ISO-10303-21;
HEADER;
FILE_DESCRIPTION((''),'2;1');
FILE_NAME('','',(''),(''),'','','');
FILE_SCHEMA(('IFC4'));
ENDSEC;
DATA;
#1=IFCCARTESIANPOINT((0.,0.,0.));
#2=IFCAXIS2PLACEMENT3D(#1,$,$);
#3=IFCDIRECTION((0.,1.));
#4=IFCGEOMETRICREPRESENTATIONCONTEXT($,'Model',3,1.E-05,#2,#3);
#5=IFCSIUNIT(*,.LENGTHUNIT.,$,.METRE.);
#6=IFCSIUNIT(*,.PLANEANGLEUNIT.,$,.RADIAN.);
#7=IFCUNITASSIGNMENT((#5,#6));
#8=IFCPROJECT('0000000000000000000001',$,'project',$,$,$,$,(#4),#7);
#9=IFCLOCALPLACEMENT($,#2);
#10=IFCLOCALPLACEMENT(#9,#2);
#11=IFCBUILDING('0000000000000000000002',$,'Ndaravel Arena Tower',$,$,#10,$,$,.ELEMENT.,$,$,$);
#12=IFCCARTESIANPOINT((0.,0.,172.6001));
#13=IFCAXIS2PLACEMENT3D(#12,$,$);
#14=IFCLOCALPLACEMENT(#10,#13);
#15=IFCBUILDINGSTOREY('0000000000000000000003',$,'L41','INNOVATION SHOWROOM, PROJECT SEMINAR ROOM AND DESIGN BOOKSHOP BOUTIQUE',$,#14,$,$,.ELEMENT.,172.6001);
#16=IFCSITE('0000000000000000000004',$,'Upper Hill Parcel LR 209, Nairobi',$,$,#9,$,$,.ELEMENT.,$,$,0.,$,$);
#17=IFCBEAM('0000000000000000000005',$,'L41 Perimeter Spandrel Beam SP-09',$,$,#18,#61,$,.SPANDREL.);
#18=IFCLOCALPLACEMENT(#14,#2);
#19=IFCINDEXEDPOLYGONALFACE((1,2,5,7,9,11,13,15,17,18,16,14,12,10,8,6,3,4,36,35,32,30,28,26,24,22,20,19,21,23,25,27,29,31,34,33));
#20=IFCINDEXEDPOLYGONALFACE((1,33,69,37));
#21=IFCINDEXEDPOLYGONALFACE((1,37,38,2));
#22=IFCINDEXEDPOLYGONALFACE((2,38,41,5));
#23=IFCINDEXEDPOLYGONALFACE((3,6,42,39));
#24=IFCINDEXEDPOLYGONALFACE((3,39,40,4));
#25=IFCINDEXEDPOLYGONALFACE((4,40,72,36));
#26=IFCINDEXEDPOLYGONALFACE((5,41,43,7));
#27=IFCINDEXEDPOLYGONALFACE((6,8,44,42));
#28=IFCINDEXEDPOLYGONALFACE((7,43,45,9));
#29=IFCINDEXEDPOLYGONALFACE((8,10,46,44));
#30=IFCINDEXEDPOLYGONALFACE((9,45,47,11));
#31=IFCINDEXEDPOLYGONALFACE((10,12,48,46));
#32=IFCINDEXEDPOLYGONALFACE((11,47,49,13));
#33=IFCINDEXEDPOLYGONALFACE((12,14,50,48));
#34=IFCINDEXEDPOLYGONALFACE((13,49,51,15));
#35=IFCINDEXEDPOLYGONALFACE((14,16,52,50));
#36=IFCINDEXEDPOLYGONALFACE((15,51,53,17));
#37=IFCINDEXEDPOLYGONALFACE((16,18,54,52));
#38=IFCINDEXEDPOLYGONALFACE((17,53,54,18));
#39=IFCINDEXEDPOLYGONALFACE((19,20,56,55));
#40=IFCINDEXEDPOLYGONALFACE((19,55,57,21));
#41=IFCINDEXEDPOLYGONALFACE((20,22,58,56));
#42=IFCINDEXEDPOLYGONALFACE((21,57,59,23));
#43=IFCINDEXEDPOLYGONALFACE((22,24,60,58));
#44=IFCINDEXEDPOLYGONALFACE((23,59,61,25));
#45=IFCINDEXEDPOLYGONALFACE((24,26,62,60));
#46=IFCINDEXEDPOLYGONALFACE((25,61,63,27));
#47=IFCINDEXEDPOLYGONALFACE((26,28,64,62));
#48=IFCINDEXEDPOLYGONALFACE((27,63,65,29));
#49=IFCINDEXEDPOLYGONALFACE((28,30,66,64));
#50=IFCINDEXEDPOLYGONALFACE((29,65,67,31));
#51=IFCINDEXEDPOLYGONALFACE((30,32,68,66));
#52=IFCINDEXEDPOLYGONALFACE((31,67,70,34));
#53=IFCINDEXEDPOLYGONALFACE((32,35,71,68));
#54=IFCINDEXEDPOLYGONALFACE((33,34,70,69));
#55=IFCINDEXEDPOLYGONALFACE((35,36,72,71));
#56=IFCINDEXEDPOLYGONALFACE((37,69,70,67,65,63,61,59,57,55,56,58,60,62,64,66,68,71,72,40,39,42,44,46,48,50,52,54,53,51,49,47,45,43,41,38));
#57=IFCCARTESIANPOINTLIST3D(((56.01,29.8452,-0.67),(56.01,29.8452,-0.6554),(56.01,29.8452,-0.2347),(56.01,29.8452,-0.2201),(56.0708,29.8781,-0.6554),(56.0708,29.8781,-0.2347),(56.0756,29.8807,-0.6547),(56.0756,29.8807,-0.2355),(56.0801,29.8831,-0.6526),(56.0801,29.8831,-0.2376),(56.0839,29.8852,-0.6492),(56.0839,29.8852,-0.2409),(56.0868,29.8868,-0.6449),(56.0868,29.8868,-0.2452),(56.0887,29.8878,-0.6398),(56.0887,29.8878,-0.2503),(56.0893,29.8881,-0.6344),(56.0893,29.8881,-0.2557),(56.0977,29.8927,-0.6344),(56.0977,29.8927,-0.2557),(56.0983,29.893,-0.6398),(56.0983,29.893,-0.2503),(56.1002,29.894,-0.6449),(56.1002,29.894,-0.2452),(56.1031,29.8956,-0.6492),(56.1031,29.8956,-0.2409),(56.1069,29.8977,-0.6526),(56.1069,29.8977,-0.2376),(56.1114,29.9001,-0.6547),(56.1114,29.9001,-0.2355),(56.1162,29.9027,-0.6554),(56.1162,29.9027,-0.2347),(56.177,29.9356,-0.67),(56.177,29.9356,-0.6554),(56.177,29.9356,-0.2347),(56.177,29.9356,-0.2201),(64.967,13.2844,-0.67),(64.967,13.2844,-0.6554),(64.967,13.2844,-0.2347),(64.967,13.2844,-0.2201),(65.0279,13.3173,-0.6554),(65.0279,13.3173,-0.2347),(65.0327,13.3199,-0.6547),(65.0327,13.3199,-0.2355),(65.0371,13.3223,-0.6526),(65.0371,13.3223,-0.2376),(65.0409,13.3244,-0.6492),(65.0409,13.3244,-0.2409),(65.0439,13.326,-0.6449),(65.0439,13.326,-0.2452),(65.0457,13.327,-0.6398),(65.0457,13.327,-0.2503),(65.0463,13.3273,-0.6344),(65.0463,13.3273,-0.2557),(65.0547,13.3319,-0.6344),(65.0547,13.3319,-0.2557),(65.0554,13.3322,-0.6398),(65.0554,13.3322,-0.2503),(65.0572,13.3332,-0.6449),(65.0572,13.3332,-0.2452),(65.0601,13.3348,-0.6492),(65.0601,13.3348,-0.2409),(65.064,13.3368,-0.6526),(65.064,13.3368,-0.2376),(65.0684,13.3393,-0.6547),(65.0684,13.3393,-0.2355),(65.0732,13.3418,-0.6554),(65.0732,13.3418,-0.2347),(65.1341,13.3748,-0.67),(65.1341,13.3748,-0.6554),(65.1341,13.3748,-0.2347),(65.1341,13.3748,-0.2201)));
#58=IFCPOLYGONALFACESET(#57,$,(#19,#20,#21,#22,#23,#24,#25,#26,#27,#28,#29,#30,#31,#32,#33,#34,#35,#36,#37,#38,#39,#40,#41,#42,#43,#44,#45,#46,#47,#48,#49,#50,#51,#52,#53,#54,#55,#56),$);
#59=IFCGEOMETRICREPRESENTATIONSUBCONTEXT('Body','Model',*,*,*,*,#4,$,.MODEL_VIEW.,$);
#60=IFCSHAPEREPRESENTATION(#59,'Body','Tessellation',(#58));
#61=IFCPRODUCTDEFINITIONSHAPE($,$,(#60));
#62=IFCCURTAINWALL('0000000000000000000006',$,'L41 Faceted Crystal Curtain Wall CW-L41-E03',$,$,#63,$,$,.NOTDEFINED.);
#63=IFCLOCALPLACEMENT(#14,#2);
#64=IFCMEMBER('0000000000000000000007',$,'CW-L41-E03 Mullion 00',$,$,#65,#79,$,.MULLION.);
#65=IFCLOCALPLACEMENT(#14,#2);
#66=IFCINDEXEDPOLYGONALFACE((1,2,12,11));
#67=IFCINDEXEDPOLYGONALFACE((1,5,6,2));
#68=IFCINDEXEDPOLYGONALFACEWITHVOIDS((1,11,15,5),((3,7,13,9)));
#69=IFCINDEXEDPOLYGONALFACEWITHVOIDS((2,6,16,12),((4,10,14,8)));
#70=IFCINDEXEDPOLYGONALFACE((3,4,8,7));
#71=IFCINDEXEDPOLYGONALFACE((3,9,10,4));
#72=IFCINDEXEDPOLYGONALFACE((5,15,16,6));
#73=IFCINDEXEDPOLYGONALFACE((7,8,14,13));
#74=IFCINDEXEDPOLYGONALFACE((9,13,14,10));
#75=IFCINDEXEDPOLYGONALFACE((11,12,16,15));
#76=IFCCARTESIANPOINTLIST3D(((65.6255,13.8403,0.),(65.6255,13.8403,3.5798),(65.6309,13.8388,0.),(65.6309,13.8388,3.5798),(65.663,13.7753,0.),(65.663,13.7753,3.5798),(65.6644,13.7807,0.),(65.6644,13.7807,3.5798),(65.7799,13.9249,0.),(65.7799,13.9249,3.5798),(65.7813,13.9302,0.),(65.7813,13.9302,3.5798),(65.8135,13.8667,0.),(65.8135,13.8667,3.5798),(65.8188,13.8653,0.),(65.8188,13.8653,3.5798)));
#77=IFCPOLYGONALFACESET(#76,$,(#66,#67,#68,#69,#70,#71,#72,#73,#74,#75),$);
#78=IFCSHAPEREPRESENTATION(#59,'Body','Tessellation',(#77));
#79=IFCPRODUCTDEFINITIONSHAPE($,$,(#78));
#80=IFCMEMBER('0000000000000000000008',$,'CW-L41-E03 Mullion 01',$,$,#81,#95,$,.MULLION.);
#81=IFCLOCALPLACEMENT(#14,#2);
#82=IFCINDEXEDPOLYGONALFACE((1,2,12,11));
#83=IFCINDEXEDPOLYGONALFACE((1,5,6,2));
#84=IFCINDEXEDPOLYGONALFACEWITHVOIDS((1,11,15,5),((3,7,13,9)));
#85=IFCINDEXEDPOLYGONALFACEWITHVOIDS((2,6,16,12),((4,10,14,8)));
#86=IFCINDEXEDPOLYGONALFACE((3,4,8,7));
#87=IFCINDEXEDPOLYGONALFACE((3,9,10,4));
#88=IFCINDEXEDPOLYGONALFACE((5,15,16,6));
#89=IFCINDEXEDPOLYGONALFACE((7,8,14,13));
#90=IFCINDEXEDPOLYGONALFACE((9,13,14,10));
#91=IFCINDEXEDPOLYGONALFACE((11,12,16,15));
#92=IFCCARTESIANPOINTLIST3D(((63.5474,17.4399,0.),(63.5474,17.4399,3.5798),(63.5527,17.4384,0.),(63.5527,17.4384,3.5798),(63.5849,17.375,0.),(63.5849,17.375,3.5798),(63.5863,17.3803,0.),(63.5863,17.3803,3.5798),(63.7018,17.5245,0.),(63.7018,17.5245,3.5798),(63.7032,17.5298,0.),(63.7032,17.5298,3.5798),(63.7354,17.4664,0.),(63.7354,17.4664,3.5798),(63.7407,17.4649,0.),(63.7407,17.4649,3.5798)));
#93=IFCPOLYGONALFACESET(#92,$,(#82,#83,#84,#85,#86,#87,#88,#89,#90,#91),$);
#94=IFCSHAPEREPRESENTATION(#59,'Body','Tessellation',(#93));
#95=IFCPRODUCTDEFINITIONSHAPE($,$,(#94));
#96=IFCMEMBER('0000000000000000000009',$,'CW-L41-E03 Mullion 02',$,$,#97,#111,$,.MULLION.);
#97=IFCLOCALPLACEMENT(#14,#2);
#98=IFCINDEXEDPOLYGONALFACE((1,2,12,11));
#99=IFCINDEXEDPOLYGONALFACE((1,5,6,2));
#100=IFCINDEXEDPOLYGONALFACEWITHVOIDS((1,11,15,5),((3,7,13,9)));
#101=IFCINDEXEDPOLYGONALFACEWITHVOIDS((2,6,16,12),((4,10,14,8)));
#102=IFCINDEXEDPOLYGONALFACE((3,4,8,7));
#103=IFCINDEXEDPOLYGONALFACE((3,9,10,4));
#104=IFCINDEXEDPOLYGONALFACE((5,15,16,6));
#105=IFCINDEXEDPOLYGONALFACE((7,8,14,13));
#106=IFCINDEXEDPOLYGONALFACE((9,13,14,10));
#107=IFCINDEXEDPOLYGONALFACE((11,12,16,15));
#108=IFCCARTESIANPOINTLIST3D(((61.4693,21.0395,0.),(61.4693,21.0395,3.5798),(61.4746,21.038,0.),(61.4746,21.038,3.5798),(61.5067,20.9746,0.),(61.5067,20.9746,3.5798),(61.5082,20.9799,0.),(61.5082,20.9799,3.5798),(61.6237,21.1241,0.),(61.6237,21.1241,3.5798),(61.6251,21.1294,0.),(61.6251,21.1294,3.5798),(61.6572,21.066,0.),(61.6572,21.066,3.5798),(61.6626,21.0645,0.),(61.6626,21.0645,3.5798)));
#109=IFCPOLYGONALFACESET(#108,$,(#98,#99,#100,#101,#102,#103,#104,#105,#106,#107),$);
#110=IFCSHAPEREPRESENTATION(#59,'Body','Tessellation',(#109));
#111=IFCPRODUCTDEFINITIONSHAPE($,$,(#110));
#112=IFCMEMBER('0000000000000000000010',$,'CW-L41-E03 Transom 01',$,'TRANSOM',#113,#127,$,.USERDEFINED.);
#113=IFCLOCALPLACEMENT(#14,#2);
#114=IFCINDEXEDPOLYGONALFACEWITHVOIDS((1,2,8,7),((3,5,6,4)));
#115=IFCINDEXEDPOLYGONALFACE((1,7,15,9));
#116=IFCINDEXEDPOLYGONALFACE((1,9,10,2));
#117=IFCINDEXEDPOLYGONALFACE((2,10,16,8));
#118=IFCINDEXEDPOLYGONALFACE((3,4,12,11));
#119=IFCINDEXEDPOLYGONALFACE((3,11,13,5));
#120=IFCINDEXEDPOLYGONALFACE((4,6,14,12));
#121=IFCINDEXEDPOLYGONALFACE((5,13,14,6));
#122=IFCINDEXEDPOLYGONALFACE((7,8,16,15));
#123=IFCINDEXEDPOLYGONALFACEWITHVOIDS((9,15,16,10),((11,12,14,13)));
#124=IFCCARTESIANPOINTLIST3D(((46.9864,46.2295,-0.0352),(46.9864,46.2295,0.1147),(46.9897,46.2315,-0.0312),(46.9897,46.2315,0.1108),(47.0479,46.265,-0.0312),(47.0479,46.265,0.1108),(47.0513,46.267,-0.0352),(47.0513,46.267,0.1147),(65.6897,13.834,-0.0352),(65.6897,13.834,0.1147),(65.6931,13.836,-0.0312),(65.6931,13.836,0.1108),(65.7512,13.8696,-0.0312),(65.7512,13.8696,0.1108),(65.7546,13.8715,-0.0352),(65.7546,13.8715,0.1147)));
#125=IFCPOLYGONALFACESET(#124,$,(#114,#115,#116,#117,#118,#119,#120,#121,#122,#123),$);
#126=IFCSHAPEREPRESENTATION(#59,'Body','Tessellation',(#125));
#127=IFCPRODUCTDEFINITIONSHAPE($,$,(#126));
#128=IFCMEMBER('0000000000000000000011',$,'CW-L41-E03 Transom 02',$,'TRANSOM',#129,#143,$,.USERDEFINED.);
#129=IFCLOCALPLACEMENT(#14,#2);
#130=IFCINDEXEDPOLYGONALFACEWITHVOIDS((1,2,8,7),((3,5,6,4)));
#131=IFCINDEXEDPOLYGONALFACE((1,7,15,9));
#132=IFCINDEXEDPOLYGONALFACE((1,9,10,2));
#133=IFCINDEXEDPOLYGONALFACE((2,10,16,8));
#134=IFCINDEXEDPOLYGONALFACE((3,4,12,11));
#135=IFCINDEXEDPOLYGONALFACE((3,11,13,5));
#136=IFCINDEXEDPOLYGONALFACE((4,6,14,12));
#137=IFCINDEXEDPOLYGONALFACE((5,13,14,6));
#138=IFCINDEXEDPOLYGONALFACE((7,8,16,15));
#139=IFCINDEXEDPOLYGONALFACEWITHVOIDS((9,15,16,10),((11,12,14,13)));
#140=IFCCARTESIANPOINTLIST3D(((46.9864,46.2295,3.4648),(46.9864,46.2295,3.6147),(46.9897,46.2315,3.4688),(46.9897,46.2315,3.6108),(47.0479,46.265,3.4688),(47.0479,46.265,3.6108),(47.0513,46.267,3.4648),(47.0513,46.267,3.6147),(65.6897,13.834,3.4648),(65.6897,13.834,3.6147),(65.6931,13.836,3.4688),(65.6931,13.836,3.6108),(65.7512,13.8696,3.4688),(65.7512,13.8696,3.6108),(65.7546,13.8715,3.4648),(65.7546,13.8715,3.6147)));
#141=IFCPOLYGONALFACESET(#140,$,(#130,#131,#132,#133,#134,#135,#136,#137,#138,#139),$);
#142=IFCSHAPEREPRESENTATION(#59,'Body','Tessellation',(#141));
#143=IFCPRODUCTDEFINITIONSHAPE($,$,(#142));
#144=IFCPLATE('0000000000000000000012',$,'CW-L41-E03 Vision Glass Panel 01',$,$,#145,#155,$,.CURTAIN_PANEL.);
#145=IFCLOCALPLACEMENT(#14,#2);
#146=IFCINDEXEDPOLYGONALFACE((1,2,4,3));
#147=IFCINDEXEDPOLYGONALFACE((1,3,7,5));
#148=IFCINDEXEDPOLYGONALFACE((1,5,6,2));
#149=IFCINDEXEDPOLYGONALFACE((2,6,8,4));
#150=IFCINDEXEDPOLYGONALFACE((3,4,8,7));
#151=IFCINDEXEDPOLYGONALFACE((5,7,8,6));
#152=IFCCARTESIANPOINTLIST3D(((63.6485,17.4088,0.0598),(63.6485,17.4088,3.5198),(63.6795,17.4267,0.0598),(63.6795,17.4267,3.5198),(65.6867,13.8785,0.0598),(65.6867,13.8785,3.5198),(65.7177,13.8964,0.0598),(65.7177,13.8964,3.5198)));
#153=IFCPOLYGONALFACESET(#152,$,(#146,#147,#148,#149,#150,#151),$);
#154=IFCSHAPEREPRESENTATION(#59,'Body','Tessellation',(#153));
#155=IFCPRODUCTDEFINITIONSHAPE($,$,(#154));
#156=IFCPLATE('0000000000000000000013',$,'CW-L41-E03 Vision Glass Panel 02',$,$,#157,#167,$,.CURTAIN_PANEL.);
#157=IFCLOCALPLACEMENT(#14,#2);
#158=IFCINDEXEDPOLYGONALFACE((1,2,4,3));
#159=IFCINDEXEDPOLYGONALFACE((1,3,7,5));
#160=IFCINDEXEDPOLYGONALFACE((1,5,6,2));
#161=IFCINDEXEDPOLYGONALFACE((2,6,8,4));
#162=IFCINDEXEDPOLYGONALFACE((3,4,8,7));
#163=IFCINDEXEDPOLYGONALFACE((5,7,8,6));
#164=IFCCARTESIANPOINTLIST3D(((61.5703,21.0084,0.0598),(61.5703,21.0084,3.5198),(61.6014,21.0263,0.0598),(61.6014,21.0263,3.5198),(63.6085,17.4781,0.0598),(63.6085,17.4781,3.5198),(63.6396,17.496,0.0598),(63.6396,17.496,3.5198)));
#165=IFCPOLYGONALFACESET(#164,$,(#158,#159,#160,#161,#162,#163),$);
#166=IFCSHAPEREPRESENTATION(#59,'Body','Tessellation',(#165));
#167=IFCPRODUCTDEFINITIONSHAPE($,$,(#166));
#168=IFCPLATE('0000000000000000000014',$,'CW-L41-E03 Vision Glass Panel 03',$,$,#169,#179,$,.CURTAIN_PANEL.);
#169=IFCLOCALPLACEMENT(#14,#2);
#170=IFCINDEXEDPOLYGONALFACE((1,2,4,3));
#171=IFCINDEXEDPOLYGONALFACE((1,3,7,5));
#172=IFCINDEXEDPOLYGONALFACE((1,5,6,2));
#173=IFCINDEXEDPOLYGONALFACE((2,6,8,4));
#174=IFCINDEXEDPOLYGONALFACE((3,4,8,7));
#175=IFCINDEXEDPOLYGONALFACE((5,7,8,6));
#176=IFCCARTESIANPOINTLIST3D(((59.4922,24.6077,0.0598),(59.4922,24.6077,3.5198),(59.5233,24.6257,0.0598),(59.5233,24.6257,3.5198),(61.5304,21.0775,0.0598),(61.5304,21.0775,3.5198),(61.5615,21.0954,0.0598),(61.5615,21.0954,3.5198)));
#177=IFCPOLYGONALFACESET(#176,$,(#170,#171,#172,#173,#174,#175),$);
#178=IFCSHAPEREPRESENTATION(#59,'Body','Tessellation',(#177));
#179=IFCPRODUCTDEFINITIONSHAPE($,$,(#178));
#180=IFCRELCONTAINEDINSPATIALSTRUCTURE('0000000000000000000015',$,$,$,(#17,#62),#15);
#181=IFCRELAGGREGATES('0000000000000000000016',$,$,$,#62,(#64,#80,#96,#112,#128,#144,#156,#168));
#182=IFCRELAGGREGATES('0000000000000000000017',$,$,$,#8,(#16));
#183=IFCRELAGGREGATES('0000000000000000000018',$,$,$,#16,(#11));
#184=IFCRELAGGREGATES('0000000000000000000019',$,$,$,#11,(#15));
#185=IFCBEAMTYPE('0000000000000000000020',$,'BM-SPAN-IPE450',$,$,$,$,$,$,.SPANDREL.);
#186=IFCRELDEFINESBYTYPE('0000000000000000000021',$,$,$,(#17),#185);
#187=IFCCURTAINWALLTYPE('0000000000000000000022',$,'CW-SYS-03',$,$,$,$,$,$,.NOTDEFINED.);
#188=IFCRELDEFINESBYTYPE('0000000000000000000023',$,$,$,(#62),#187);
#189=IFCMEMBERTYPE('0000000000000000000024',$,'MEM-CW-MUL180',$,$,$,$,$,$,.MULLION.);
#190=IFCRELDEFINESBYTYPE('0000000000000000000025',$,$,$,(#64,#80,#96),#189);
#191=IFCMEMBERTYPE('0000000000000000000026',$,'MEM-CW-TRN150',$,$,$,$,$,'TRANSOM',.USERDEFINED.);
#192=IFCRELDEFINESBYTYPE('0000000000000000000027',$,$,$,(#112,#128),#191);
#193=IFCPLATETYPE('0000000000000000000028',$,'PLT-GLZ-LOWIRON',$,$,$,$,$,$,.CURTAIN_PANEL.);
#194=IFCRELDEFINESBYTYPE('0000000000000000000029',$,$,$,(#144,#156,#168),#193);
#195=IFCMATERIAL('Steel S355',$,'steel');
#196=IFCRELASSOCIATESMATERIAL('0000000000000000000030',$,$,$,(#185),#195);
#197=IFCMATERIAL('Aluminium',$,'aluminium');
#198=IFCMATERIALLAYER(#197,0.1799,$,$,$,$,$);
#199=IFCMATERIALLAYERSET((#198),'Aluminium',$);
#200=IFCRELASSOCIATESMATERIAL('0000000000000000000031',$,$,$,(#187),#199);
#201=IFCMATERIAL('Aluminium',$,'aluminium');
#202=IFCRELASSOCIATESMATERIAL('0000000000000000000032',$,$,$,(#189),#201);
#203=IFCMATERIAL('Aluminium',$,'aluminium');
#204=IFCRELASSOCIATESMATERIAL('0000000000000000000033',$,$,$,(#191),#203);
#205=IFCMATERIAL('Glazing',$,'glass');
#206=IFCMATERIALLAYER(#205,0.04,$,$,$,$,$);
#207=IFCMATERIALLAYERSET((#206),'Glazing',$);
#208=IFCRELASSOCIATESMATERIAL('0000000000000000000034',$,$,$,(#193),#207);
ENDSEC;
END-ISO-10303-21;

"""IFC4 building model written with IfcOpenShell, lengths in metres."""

from ifc_helpers import new_model, si_unit, direction, frame, origin, origin_2d, place, context, subcontext, project, spatial, rectangle, hollow_rectangle, i_section, extrude, material, layer, layer_set, material_profile, profile_set, type_object, element, aggregate, save


model = new_model("IFC4")

# Units and contexts
model_context = context("Model", 3, precision=1e-05, world=origin(), true_north=direction((0.0, 1.0)))
body_context = subcontext(model_context, "Body", "Model", "MODEL_VIEW")
ifc_project = project(units=[si_unit("LENGTHUNIT", "METRE"), si_unit("PLANEANGLEUNIT", "RADIAN")], contexts=[model_context])

# Site, building, storey
site_placement = place(None, origin())
site = spatial("IfcSite", under=ifc_project, at=site_placement, Name="Upper Hill Parcel LR 209, Nairobi", CompositionType="ELEMENT", RefElevation=0.0)
building_placement = place(site_placement, origin())
building = spatial("IfcBuilding", under=site, at=building_placement, Name="Ndaravel Arena Tower", CompositionType="ELEMENT")
storey_placement = place(building_placement, frame((0.0, 0.0, 172.6001)))
storey = spatial("IfcBuildingStorey", under=building, at=storey_placement, Name="L41", Description="INNOVATION SHOWROOM, PROJECT SEMINAR ROOM AND DESIGN BOOKSHOP BOUTIQUE", CompositionType="ELEMENT", Elevation=172.6001)

# Beam
ifc_material_1 = material(Name="Steel S355", Category="steel")
ifc_material_profile_1 = material_profile(ifc_material_1, i_section(OverallWidth=0.1899, OverallDepth=0.45, WebThickness=0.0095, FlangeThickness=0.0146, FilletRadius=0.021, at=origin_2d()), Name="IPE 450")
ifc_profile_set_1 = profile_set([ifc_material_profile_1], Name="Steel S355")
beam_type = type_object("IfcBeamType", Name="BM-SPAN-IPE450", PredefinedType="SPANDREL", material=ifc_profile_set_1)
beam_placement = place(storey_placement, frame((65.0505, 13.3296, -0.4451), z_axis=(-0.475733, 0.87959, 0.0), x_axis=(-0.87959, -0.475733, 0.0)))
element("IfcBeam", 1, at=beam_placement, inside=storey, type_object=beam_type, Name="L41 Perimeter Spandrel Beam SP-09", PredefinedType="SPANDREL", context=body_context, shape_type="SweptSolid", body=[
    extrude(i_section(OverallWidth=0.1899, OverallDepth=0.45, WebThickness=0.0095, FlangeThickness=0.0146, FilletRadius=0.021, at=origin_2d()), origin(), (0.0, 0.0, 1.0), 18.8279),
])

# Curtain wall, members, plates
ifc_material_2 = material(Name="Aluminium", Category="aluminium")
ifc_layer_1 = layer(ifc_material_2, 0.1799)
ifc_layer_set_1 = layer_set([ifc_layer_1], Name="Aluminium")
curtain_wall_type = type_object("IfcCurtainWallType", Name="CW-SYS-03", PredefinedType="NOTDEFINED", material=ifc_layer_set_1)
curtain_wall_placement = place(storey_placement, origin())
curtain_wall = element("IfcCurtainWall", 2, at=curtain_wall_placement, inside=storey, type_object=curtain_wall_type, Name="L41 Faceted Crystal Curtain Wall CW-L41-E03", PredefinedType="NOTDEFINED")
ifc_material_3 = material(Name="Aluminium", Category="aluminium")
ifc_material_profile_2 = material_profile(ifc_material_3, hollow_rectangle(XDim=0.075, YDim=0.1799, WallThickness=0.0039, at=origin_2d()), Name="CW MULLION 75x180x4")
ifc_profile_set_2 = profile_set([ifc_material_profile_2], Name="Aluminium")
member_type_1 = type_object("IfcMemberType", Name="MEM-CW-MUL180", PredefinedType="MULLION", material=ifc_profile_set_2)
member_1_placement = place(storey_placement, frame((65.7222, 13.8528, 0.0), z_axis=(0.0, 0.0, 1.0), x_axis=(-0.5, 0.866025, 0.0)))
member_1 = element("IfcMember", 3, at=member_1_placement, type_object=member_type_1, Name="CW-L41-E03 Mullion 00", PredefinedType="MULLION", context=body_context, shape_type="SweptSolid", body=[
    extrude(hollow_rectangle(XDim=0.075, YDim=0.1799, WallThickness=0.0039, at=origin_2d()), origin(), (0.0, 0.0, 1.0), 3.5798),
])
member_2_placement = place(storey_placement, frame((63.644, 17.4524, 0.0), z_axis=(0.0, 0.0, 1.0), x_axis=(-0.5, 0.866025, 0.0)))
member_2 = element("IfcMember", 4, at=member_2_placement, type_object=member_type_1, Name="CW-L41-E03 Mullion 01", PredefinedType="MULLION", context=body_context, shape_type="SweptSolid", body=[
    extrude(hollow_rectangle(XDim=0.075, YDim=0.1799, WallThickness=0.0039, at=origin_2d()), origin(), (0.0, 0.0, 1.0), 3.5798),
])
member_3_placement = place(storey_placement, frame((61.5659, 21.052, 0.0), z_axis=(0.0, 0.0, 1.0), x_axis=(-0.5, 0.866025, 0.0)))
member_3 = element("IfcMember", 5, at=member_3_placement, type_object=member_type_1, Name="CW-L41-E03 Mullion 02", PredefinedType="MULLION", context=body_context, shape_type="SweptSolid", body=[
    extrude(hollow_rectangle(XDim=0.075, YDim=0.1799, WallThickness=0.0039, at=origin_2d()), origin(), (0.0, 0.0, 1.0), 3.5798),
])
ifc_material_4 = material(Name="Aluminium", Category="aluminium")
ifc_material_profile_3 = material_profile(ifc_material_4, hollow_rectangle(XDim=0.075, YDim=0.1499, WallThickness=0.0039, at=origin_2d()), Name="CW TRANSOM 75x150x4")
ifc_profile_set_3 = profile_set([ifc_material_profile_3], Name="Aluminium")
member_type_2 = type_object("IfcMemberType", Name="MEM-CW-TRN150", ElementType="TRANSOM", PredefinedType="USERDEFINED", material=ifc_profile_set_3)
member_4_placement = place(storey_placement, frame((65.7222, 13.8528, 0.0398), z_axis=(-0.499996, 0.866028, 0.0), x_axis=(-0.866028, -0.499996, 0.0)))
member_4 = element("IfcMember", 6, at=member_4_placement, type_object=member_type_2, Name="CW-L41-E03 Transom 01", ObjectType="TRANSOM", PredefinedType="USERDEFINED", context=body_context, shape_type="SweptSolid", body=[
    extrude(hollow_rectangle(XDim=0.075, YDim=0.1499, WallThickness=0.0039, at=origin_2d()), origin(), (0.0, 0.0, 1.0), 37.407),
])
member_5_placement = place(storey_placement, frame((65.7222, 13.8528, 3.5398), z_axis=(-0.499996, 0.866028, 0.0), x_axis=(-0.866028, -0.499996, 0.0)))
member_5 = element("IfcMember", 7, at=member_5_placement, type_object=member_type_2, Name="CW-L41-E03 Transom 02", ObjectType="TRANSOM", PredefinedType="USERDEFINED", context=body_context, shape_type="SweptSolid", body=[
    extrude(hollow_rectangle(XDim=0.075, YDim=0.1499, WallThickness=0.0039, at=origin_2d()), origin(), (0.0, 0.0, 1.0), 37.407),
])
ifc_material_5 = material(Name="Glazing", Category="glass")
ifc_layer_2 = layer(ifc_material_5, 0.04)
ifc_layer_set_2 = layer_set([ifc_layer_2], Name="Glazing")
plate_type = type_object("IfcPlateType", Name="PLT-GLZ-LOWIRON", PredefinedType="CURTAIN_PANEL", material=ifc_layer_set_2)
plate_1_placement = place(storey_placement, frame((64.6831, 15.6526, 0.0598), z_axis=(0.0, 0.0, 1.0), x_axis=(-0.5, 0.866025, 0.0)))
plate_1 = element("IfcPlate", 8, at=plate_1_placement, type_object=plate_type, Name="CW-L41-E03 Vision Glass Panel 01", PredefinedType="CURTAIN_PANEL", context=body_context, shape_type="SweptSolid", body=[
    extrude(rectangle(XDim=4.0764, YDim=0.0359, at=origin_2d()), origin(), (0.0, 0.0, 1.0), 3.46),
])
plate_2_placement = place(storey_placement, frame((62.605, 19.2522, 0.0598), z_axis=(0.0, 0.0, 1.0), x_axis=(-0.5, 0.866025, 0.0)))
plate_2 = element("IfcPlate", 9, at=plate_2_placement, type_object=plate_type, Name="CW-L41-E03 Vision Glass Panel 02", PredefinedType="CURTAIN_PANEL", context=body_context, shape_type="SweptSolid", body=[
    extrude(rectangle(XDim=4.0764, YDim=0.0359, at=origin_2d()), origin(), (0.0, 0.0, 1.0), 3.46),
])
plate_3_placement = place(storey_placement, frame((60.5269, 22.8516, 0.0598), z_axis=(0.0, 0.0, 1.0), x_axis=(-0.5, 0.866025, 0.0)))
plate_3 = element("IfcPlate", 10, at=plate_3_placement, type_object=plate_type, Name="CW-L41-E03 Vision Glass Panel 03", PredefinedType="CURTAIN_PANEL", context=body_context, shape_type="SweptSolid", body=[
    extrude(rectangle(XDim=4.0764, YDim=0.0359, at=origin_2d()), origin(), (0.0, 0.0, 1.0), 3.46),
])
aggregate(curtain_wall, [member_1, member_2, member_3, member_4, member_5, plate_1, plate_2, plate_3])

save(model, "model.ifc")
